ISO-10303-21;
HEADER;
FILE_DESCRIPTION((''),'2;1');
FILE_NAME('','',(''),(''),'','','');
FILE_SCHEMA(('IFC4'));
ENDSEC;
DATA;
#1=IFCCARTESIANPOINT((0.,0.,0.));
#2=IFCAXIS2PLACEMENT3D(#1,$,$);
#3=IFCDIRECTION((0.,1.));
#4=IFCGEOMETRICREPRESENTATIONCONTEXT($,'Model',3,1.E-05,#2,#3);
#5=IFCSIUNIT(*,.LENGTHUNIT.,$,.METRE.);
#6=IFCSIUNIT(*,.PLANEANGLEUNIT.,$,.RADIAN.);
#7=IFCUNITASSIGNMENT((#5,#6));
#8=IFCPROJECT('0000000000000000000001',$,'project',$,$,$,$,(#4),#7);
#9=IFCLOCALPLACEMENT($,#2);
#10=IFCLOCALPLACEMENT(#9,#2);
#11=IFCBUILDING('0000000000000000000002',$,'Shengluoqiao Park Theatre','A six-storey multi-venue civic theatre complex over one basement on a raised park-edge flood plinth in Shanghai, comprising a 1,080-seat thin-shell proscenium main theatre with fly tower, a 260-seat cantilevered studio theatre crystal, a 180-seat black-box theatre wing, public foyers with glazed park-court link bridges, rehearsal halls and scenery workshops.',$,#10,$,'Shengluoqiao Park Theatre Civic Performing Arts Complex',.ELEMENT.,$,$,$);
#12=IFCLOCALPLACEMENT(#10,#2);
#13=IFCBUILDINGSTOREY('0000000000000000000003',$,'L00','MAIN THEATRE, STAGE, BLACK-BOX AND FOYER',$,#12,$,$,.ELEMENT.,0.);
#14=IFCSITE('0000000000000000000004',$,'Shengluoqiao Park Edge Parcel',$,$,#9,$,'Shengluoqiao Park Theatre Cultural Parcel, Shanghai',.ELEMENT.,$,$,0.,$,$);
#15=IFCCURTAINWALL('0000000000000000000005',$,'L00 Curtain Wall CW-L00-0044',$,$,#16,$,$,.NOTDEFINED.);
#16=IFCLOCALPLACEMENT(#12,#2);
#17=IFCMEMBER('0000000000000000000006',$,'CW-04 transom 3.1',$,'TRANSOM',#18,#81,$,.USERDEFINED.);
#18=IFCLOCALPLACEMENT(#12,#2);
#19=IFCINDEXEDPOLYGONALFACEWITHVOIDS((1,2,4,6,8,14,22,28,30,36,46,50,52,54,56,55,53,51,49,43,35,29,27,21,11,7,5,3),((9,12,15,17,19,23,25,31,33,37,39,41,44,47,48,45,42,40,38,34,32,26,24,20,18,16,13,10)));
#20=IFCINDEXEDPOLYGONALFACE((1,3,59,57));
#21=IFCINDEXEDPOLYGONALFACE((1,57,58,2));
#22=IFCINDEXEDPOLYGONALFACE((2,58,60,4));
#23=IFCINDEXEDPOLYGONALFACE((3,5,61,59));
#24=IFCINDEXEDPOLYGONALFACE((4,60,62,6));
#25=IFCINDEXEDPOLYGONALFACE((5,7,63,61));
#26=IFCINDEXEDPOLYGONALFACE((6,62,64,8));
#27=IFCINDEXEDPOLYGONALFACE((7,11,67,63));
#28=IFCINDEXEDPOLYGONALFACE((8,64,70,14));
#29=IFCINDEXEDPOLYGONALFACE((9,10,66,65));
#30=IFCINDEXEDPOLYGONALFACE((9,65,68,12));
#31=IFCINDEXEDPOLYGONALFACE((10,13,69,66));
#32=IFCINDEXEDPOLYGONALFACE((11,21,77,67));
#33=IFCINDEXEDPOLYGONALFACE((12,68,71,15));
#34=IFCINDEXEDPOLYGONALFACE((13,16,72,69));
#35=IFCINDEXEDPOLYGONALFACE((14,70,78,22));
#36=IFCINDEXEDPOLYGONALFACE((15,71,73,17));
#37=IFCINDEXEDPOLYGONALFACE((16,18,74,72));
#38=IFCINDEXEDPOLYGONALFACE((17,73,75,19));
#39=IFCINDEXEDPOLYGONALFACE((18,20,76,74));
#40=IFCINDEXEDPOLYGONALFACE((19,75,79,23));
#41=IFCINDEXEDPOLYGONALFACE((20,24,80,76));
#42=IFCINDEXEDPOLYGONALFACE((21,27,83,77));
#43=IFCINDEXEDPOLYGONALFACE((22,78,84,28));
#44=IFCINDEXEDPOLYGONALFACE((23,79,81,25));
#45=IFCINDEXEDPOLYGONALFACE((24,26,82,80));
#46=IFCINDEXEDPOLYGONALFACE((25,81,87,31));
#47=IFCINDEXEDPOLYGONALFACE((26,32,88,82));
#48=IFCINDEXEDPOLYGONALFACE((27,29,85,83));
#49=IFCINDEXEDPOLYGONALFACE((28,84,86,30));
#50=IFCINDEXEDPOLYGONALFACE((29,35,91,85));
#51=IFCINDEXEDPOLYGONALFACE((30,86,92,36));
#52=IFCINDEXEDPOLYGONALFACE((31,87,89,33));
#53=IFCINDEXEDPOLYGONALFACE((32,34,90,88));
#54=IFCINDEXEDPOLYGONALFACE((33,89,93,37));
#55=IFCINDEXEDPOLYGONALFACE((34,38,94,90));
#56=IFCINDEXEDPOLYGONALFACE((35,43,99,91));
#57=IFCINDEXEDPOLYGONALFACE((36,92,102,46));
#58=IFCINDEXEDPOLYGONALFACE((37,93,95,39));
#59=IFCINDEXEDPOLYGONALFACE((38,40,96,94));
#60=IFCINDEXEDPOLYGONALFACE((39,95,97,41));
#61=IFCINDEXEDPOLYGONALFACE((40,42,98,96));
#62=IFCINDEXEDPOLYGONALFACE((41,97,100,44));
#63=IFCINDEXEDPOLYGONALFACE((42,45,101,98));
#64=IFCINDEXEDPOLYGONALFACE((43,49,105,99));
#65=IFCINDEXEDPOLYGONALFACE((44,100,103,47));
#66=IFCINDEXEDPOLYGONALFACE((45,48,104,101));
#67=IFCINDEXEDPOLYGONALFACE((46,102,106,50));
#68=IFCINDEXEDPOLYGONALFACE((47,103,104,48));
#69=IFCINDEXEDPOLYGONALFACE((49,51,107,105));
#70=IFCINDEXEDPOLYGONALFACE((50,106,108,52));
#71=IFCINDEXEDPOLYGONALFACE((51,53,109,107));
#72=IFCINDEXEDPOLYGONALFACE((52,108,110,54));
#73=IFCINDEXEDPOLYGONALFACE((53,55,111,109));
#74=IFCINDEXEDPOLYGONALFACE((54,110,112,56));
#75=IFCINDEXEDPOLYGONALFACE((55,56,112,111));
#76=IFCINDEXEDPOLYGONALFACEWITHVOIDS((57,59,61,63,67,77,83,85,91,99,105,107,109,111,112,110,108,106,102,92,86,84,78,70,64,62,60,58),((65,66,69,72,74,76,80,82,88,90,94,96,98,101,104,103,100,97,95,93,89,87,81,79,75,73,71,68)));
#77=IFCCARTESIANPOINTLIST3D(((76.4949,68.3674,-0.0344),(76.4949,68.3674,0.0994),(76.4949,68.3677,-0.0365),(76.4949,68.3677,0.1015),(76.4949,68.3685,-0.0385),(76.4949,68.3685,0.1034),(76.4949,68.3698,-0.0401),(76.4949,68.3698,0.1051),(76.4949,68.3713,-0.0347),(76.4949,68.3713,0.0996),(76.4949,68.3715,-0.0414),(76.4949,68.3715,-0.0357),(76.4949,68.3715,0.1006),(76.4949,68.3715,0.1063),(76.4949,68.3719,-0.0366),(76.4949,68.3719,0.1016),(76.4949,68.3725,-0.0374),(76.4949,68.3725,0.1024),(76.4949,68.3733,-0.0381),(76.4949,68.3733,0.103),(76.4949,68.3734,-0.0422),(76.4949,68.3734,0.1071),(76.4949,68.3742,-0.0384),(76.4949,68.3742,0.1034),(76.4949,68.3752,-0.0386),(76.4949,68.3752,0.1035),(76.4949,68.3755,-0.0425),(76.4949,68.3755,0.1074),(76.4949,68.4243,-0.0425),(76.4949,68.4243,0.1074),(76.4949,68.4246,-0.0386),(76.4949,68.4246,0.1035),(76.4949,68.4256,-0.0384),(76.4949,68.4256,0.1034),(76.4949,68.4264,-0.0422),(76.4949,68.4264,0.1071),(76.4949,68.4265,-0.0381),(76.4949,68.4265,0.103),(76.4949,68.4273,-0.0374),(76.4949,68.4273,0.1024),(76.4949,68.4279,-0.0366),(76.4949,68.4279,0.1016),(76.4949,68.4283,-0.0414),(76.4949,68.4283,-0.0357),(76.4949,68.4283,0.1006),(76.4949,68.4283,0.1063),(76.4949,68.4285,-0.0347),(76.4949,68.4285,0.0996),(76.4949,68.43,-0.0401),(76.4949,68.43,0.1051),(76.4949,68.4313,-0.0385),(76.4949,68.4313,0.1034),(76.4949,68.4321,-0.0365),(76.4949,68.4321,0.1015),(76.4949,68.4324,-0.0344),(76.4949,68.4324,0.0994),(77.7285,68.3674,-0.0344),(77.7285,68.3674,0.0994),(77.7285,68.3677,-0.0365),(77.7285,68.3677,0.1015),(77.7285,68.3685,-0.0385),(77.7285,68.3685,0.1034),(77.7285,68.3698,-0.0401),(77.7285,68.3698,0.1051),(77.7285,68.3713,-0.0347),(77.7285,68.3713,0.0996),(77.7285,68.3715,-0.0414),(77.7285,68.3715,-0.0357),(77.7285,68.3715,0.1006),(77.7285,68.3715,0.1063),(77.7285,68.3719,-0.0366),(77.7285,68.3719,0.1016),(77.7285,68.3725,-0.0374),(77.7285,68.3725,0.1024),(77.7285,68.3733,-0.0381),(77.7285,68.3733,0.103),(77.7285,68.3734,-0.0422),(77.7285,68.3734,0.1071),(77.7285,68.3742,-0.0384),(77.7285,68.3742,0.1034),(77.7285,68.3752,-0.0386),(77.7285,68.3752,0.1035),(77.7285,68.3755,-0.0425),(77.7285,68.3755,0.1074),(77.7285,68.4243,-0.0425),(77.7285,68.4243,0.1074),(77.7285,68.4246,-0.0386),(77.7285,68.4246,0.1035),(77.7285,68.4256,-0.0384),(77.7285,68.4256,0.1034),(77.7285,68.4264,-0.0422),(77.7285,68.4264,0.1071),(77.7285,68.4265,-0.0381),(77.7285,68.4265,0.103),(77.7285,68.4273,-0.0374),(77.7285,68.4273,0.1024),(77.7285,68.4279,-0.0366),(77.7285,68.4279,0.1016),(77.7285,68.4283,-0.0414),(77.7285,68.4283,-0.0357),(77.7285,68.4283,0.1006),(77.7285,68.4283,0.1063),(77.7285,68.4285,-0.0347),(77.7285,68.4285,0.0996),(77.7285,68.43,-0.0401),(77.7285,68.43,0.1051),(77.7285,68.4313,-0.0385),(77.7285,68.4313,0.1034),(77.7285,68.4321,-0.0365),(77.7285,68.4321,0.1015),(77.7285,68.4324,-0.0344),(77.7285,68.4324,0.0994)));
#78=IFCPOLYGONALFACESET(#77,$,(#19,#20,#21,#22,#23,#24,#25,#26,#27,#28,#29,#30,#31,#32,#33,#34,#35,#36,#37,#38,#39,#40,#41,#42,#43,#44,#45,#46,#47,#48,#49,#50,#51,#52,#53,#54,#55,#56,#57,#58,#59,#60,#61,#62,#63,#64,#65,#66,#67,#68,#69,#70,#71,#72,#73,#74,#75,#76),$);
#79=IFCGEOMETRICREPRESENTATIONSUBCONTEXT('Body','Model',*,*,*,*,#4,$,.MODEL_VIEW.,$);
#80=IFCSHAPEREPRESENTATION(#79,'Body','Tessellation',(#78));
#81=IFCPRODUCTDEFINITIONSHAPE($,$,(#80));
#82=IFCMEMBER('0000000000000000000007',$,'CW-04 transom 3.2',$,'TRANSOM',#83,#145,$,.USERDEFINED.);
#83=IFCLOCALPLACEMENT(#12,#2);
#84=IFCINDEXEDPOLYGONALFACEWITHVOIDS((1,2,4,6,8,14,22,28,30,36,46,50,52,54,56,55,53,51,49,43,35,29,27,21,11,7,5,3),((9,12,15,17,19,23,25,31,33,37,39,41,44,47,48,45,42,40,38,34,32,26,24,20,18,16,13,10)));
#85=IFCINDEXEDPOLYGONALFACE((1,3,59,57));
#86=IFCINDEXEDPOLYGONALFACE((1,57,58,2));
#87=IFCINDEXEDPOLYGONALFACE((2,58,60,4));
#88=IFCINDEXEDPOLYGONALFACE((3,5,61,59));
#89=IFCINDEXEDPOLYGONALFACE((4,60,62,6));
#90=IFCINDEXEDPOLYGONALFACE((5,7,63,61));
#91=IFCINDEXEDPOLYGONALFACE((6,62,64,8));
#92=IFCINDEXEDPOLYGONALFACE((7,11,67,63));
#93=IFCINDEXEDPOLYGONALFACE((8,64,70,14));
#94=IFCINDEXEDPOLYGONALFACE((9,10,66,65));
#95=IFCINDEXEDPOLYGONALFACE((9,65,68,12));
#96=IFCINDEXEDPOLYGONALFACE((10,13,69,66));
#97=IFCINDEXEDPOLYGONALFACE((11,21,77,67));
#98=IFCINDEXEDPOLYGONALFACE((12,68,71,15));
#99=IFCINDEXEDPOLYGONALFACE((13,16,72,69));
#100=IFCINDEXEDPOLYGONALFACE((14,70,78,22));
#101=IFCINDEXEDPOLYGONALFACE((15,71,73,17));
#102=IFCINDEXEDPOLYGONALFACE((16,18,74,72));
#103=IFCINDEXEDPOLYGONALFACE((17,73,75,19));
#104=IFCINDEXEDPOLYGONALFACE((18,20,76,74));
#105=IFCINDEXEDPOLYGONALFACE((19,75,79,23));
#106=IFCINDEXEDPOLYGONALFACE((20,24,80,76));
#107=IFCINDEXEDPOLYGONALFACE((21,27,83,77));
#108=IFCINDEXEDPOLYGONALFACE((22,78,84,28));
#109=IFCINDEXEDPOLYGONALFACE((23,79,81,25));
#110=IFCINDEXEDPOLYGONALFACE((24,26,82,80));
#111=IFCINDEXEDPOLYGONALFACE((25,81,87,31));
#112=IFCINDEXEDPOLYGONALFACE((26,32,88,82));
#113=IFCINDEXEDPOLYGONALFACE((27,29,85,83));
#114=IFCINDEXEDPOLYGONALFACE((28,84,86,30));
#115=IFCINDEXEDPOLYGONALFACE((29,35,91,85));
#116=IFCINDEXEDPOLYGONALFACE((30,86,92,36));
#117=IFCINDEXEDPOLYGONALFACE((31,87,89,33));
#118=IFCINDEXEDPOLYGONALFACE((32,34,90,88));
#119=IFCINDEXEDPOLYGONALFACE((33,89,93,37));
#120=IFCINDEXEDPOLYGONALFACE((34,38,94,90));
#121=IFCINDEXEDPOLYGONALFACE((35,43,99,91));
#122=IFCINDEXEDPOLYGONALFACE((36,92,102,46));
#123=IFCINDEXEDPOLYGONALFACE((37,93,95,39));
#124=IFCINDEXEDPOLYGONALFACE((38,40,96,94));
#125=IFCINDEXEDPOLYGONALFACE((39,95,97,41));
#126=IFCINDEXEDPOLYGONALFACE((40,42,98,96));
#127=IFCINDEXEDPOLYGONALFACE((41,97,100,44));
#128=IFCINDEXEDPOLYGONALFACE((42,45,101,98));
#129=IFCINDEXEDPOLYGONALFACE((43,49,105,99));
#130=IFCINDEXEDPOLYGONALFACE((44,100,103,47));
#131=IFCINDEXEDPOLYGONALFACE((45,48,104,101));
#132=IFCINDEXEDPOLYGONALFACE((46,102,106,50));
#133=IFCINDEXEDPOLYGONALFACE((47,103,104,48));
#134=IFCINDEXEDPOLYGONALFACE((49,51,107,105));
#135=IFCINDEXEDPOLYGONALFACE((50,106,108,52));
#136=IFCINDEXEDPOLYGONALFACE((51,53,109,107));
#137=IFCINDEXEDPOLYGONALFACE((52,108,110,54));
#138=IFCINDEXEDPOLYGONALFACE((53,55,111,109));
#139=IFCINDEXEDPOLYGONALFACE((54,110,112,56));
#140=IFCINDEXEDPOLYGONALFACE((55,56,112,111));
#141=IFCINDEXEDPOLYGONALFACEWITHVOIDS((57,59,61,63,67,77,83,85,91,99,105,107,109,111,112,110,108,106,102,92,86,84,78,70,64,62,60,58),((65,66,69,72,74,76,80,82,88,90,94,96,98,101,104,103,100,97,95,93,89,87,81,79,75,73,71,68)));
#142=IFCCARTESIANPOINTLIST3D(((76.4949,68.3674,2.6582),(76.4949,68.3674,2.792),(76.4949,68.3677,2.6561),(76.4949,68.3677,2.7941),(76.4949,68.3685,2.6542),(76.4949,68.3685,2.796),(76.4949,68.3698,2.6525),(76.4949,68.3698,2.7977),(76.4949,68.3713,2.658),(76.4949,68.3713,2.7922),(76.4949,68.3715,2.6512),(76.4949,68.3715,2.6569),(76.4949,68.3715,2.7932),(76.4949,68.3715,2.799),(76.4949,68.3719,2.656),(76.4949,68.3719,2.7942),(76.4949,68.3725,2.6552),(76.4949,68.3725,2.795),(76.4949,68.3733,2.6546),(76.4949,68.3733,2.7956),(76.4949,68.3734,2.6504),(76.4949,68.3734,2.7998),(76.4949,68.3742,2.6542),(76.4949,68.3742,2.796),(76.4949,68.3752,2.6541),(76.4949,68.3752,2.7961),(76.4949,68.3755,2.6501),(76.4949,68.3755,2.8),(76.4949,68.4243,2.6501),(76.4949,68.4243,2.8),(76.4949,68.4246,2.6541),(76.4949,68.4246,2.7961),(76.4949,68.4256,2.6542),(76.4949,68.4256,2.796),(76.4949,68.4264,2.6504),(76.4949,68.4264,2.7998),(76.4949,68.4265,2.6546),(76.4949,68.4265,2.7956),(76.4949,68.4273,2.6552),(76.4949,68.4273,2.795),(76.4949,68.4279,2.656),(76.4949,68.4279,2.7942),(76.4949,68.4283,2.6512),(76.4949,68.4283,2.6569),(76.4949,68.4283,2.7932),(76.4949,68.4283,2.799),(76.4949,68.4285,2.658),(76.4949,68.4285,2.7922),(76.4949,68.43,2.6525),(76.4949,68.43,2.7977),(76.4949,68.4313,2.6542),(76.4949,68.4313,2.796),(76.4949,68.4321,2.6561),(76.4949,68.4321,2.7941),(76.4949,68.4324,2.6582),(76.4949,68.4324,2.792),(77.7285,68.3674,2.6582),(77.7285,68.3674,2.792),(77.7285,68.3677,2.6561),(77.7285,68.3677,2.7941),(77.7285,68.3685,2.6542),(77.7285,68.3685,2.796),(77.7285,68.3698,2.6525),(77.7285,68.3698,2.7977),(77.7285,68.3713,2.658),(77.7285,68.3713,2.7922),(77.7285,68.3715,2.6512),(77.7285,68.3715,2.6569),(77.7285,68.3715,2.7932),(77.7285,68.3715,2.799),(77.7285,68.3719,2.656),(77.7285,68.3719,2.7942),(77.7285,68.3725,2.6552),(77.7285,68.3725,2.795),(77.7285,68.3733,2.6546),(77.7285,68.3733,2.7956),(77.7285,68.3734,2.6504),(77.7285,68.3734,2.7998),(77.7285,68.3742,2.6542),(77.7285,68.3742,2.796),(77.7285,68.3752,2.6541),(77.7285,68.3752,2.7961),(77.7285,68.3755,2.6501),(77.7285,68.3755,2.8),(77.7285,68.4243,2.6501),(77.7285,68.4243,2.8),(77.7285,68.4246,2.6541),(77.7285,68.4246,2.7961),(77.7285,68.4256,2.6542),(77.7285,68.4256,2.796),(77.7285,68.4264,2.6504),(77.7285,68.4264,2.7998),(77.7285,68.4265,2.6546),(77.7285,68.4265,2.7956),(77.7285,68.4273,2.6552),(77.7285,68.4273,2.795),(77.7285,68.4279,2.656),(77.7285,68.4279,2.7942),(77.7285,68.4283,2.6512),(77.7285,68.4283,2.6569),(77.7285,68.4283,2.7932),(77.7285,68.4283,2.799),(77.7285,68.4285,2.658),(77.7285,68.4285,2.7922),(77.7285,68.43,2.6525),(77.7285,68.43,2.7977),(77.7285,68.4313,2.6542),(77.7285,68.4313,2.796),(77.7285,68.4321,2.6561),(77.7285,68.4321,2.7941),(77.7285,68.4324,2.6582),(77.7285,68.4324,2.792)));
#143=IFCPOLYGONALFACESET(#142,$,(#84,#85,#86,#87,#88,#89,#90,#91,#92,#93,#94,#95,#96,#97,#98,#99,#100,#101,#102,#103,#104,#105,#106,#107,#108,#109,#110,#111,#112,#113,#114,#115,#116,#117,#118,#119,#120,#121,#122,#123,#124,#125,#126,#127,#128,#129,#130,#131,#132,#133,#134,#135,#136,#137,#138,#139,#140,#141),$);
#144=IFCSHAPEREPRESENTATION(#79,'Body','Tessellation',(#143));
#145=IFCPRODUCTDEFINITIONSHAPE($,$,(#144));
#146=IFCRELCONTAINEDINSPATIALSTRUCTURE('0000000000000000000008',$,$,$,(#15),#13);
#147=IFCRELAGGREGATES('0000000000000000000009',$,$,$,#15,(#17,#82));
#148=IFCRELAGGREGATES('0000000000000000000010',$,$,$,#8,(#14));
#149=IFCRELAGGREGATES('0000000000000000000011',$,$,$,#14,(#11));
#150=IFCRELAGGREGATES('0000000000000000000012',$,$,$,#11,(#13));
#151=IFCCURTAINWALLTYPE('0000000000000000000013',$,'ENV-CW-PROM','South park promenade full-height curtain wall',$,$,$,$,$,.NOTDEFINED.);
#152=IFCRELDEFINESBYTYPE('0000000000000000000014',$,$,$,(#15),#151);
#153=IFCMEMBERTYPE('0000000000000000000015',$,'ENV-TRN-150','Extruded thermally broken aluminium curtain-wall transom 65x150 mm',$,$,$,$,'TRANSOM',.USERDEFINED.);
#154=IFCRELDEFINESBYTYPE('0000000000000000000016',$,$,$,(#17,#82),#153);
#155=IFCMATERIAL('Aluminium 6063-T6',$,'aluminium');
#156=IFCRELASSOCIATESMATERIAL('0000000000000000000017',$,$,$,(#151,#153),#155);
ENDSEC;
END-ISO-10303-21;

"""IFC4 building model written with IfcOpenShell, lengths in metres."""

from ifc_helpers import new_model, si_unit, direction, frame, origin, origin_2d, place, context, subcontext, project, spatial, hollow_rectangle, extrude, material, material_profile, profile_set, type_object, element, aggregate, save


model = new_model("IFC4")

# Units and contexts
model_context = context("Model", 3, precision=1e-05, world=origin(), true_north=direction((0.0, 1.0)))
body_context = subcontext(model_context, "Body", "Model", "MODEL_VIEW")
ifc_project = project(units=[si_unit("LENGTHUNIT", "METRE"), si_unit("PLANEANGLEUNIT", "RADIAN")], contexts=[model_context])

# Site, building, storey
site_placement = place(None, origin())
site = spatial("IfcSite", under=ifc_project, at=site_placement, Name="Shengluoqiao Park Edge Parcel", LongName="Shengluoqiao Park Theatre Cultural Parcel, Shanghai", CompositionType="ELEMENT", RefElevation=0.0)
building_placement = place(site_placement, origin())
building = spatial("IfcBuilding", under=site, at=building_placement, Name="Shengluoqiao Park Theatre", Description="A six-storey multi-venue civic theatre complex over one basement on a raised park-edge flood plinth in Shanghai, comprising a 1,080-seat thin-shell proscenium main theatre with fly tower, a 260-seat cantilevered studio theatre crystal, a 180-seat black-box theatre wing, public foyers with glazed park-court link bridges, rehearsal halls and scenery workshops.", LongName="Shengluoqiao Park Theatre Civic Performing Arts Complex", CompositionType="ELEMENT")
storey_placement = place(building_placement, origin())
storey = spatial("IfcBuildingStorey", under=building, at=storey_placement, Name="L00", Description="MAIN THEATRE, STAGE, BLACK-BOX AND FOYER", CompositionType="ELEMENT", Elevation=0.0)

# Shared definitions
ifc_material_1 = material(Name="Aluminium 6063-T6", Category="aluminium")
curtain_wall_type = type_object("IfcCurtainWallType", Name="ENV-CW-PROM", Description="South park promenade full-height curtain wall", PredefinedType="NOTDEFINED", material=ifc_material_1)

# Curtain wall
curtain_wall_1_placement = place(storey_placement, origin())
curtain_wall_1 = element("IfcCurtainWall", 1, at=curtain_wall_1_placement, inside=storey, type_object=curtain_wall_type, Name="L00 Curtain Wall CW-L00-0044", PredefinedType="NOTDEFINED")

# Members
ifc_material_profile_1 = material_profile(ifc_material_1, hollow_rectangle(XDim=0.0649, YDim=0.1499, WallThickness=0.0039, InnerFilletRadius=0.0039, OuterFilletRadius=0.0081, at=origin_2d()), Name="ALU TRANSOM 150x65x4")
ifc_profile_set_1 = profile_set([ifc_material_profile_1], Name="Aluminium 6063-T6")
member_type_1 = type_object("IfcMemberType", Name="ENV-TRN-150", Description="Extruded thermally broken aluminium curtain-wall transom 65x150 mm", ElementType="TRANSOM", PredefinedType="USERDEFINED", material=ifc_profile_set_1)
member_1_placement = place(storey_placement, frame((76.4949, 68.3999, 0.0325), z_axis=(1.0, 0.0, 0.0), x_axis=(0.0, 1.0, 0.0)))
member_1 = element("IfcMember", 2, at=member_1_placement, type_object=member_type_1, Name="CW-04 transom 3.1", ObjectType="TRANSOM", PredefinedType="USERDEFINED", context=body_context, shape_type="SweptSolid", body=[
    extrude(hollow_rectangle(XDim=0.0649, YDim=0.1499, WallThickness=0.0039, InnerFilletRadius=0.0039, OuterFilletRadius=0.0081, at=origin_2d()), origin(), (0.0, 0.0, 1.0), 1.2336),
])
member_2_placement = place(storey_placement, frame((76.4949, 68.3999, 2.7251), z_axis=(1.0, 0.0, 0.0), x_axis=(0.0, 1.0, 0.0)))
member_2 = element("IfcMember", 3, at=member_2_placement, type_object=member_type_1, Name="CW-04 transom 3.2", ObjectType="TRANSOM", PredefinedType="USERDEFINED", context=body_context, shape_type="SweptSolid", body=[
    extrude(hollow_rectangle(XDim=0.0649, YDim=0.1499, WallThickness=0.0039, InnerFilletRadius=0.0039, OuterFilletRadius=0.0081, at=origin_2d()), origin(), (0.0, 0.0, 1.0), 1.2336),
])

aggregate(curtain_wall_1, [member_1, member_2])

save(model, "model.ifc")
